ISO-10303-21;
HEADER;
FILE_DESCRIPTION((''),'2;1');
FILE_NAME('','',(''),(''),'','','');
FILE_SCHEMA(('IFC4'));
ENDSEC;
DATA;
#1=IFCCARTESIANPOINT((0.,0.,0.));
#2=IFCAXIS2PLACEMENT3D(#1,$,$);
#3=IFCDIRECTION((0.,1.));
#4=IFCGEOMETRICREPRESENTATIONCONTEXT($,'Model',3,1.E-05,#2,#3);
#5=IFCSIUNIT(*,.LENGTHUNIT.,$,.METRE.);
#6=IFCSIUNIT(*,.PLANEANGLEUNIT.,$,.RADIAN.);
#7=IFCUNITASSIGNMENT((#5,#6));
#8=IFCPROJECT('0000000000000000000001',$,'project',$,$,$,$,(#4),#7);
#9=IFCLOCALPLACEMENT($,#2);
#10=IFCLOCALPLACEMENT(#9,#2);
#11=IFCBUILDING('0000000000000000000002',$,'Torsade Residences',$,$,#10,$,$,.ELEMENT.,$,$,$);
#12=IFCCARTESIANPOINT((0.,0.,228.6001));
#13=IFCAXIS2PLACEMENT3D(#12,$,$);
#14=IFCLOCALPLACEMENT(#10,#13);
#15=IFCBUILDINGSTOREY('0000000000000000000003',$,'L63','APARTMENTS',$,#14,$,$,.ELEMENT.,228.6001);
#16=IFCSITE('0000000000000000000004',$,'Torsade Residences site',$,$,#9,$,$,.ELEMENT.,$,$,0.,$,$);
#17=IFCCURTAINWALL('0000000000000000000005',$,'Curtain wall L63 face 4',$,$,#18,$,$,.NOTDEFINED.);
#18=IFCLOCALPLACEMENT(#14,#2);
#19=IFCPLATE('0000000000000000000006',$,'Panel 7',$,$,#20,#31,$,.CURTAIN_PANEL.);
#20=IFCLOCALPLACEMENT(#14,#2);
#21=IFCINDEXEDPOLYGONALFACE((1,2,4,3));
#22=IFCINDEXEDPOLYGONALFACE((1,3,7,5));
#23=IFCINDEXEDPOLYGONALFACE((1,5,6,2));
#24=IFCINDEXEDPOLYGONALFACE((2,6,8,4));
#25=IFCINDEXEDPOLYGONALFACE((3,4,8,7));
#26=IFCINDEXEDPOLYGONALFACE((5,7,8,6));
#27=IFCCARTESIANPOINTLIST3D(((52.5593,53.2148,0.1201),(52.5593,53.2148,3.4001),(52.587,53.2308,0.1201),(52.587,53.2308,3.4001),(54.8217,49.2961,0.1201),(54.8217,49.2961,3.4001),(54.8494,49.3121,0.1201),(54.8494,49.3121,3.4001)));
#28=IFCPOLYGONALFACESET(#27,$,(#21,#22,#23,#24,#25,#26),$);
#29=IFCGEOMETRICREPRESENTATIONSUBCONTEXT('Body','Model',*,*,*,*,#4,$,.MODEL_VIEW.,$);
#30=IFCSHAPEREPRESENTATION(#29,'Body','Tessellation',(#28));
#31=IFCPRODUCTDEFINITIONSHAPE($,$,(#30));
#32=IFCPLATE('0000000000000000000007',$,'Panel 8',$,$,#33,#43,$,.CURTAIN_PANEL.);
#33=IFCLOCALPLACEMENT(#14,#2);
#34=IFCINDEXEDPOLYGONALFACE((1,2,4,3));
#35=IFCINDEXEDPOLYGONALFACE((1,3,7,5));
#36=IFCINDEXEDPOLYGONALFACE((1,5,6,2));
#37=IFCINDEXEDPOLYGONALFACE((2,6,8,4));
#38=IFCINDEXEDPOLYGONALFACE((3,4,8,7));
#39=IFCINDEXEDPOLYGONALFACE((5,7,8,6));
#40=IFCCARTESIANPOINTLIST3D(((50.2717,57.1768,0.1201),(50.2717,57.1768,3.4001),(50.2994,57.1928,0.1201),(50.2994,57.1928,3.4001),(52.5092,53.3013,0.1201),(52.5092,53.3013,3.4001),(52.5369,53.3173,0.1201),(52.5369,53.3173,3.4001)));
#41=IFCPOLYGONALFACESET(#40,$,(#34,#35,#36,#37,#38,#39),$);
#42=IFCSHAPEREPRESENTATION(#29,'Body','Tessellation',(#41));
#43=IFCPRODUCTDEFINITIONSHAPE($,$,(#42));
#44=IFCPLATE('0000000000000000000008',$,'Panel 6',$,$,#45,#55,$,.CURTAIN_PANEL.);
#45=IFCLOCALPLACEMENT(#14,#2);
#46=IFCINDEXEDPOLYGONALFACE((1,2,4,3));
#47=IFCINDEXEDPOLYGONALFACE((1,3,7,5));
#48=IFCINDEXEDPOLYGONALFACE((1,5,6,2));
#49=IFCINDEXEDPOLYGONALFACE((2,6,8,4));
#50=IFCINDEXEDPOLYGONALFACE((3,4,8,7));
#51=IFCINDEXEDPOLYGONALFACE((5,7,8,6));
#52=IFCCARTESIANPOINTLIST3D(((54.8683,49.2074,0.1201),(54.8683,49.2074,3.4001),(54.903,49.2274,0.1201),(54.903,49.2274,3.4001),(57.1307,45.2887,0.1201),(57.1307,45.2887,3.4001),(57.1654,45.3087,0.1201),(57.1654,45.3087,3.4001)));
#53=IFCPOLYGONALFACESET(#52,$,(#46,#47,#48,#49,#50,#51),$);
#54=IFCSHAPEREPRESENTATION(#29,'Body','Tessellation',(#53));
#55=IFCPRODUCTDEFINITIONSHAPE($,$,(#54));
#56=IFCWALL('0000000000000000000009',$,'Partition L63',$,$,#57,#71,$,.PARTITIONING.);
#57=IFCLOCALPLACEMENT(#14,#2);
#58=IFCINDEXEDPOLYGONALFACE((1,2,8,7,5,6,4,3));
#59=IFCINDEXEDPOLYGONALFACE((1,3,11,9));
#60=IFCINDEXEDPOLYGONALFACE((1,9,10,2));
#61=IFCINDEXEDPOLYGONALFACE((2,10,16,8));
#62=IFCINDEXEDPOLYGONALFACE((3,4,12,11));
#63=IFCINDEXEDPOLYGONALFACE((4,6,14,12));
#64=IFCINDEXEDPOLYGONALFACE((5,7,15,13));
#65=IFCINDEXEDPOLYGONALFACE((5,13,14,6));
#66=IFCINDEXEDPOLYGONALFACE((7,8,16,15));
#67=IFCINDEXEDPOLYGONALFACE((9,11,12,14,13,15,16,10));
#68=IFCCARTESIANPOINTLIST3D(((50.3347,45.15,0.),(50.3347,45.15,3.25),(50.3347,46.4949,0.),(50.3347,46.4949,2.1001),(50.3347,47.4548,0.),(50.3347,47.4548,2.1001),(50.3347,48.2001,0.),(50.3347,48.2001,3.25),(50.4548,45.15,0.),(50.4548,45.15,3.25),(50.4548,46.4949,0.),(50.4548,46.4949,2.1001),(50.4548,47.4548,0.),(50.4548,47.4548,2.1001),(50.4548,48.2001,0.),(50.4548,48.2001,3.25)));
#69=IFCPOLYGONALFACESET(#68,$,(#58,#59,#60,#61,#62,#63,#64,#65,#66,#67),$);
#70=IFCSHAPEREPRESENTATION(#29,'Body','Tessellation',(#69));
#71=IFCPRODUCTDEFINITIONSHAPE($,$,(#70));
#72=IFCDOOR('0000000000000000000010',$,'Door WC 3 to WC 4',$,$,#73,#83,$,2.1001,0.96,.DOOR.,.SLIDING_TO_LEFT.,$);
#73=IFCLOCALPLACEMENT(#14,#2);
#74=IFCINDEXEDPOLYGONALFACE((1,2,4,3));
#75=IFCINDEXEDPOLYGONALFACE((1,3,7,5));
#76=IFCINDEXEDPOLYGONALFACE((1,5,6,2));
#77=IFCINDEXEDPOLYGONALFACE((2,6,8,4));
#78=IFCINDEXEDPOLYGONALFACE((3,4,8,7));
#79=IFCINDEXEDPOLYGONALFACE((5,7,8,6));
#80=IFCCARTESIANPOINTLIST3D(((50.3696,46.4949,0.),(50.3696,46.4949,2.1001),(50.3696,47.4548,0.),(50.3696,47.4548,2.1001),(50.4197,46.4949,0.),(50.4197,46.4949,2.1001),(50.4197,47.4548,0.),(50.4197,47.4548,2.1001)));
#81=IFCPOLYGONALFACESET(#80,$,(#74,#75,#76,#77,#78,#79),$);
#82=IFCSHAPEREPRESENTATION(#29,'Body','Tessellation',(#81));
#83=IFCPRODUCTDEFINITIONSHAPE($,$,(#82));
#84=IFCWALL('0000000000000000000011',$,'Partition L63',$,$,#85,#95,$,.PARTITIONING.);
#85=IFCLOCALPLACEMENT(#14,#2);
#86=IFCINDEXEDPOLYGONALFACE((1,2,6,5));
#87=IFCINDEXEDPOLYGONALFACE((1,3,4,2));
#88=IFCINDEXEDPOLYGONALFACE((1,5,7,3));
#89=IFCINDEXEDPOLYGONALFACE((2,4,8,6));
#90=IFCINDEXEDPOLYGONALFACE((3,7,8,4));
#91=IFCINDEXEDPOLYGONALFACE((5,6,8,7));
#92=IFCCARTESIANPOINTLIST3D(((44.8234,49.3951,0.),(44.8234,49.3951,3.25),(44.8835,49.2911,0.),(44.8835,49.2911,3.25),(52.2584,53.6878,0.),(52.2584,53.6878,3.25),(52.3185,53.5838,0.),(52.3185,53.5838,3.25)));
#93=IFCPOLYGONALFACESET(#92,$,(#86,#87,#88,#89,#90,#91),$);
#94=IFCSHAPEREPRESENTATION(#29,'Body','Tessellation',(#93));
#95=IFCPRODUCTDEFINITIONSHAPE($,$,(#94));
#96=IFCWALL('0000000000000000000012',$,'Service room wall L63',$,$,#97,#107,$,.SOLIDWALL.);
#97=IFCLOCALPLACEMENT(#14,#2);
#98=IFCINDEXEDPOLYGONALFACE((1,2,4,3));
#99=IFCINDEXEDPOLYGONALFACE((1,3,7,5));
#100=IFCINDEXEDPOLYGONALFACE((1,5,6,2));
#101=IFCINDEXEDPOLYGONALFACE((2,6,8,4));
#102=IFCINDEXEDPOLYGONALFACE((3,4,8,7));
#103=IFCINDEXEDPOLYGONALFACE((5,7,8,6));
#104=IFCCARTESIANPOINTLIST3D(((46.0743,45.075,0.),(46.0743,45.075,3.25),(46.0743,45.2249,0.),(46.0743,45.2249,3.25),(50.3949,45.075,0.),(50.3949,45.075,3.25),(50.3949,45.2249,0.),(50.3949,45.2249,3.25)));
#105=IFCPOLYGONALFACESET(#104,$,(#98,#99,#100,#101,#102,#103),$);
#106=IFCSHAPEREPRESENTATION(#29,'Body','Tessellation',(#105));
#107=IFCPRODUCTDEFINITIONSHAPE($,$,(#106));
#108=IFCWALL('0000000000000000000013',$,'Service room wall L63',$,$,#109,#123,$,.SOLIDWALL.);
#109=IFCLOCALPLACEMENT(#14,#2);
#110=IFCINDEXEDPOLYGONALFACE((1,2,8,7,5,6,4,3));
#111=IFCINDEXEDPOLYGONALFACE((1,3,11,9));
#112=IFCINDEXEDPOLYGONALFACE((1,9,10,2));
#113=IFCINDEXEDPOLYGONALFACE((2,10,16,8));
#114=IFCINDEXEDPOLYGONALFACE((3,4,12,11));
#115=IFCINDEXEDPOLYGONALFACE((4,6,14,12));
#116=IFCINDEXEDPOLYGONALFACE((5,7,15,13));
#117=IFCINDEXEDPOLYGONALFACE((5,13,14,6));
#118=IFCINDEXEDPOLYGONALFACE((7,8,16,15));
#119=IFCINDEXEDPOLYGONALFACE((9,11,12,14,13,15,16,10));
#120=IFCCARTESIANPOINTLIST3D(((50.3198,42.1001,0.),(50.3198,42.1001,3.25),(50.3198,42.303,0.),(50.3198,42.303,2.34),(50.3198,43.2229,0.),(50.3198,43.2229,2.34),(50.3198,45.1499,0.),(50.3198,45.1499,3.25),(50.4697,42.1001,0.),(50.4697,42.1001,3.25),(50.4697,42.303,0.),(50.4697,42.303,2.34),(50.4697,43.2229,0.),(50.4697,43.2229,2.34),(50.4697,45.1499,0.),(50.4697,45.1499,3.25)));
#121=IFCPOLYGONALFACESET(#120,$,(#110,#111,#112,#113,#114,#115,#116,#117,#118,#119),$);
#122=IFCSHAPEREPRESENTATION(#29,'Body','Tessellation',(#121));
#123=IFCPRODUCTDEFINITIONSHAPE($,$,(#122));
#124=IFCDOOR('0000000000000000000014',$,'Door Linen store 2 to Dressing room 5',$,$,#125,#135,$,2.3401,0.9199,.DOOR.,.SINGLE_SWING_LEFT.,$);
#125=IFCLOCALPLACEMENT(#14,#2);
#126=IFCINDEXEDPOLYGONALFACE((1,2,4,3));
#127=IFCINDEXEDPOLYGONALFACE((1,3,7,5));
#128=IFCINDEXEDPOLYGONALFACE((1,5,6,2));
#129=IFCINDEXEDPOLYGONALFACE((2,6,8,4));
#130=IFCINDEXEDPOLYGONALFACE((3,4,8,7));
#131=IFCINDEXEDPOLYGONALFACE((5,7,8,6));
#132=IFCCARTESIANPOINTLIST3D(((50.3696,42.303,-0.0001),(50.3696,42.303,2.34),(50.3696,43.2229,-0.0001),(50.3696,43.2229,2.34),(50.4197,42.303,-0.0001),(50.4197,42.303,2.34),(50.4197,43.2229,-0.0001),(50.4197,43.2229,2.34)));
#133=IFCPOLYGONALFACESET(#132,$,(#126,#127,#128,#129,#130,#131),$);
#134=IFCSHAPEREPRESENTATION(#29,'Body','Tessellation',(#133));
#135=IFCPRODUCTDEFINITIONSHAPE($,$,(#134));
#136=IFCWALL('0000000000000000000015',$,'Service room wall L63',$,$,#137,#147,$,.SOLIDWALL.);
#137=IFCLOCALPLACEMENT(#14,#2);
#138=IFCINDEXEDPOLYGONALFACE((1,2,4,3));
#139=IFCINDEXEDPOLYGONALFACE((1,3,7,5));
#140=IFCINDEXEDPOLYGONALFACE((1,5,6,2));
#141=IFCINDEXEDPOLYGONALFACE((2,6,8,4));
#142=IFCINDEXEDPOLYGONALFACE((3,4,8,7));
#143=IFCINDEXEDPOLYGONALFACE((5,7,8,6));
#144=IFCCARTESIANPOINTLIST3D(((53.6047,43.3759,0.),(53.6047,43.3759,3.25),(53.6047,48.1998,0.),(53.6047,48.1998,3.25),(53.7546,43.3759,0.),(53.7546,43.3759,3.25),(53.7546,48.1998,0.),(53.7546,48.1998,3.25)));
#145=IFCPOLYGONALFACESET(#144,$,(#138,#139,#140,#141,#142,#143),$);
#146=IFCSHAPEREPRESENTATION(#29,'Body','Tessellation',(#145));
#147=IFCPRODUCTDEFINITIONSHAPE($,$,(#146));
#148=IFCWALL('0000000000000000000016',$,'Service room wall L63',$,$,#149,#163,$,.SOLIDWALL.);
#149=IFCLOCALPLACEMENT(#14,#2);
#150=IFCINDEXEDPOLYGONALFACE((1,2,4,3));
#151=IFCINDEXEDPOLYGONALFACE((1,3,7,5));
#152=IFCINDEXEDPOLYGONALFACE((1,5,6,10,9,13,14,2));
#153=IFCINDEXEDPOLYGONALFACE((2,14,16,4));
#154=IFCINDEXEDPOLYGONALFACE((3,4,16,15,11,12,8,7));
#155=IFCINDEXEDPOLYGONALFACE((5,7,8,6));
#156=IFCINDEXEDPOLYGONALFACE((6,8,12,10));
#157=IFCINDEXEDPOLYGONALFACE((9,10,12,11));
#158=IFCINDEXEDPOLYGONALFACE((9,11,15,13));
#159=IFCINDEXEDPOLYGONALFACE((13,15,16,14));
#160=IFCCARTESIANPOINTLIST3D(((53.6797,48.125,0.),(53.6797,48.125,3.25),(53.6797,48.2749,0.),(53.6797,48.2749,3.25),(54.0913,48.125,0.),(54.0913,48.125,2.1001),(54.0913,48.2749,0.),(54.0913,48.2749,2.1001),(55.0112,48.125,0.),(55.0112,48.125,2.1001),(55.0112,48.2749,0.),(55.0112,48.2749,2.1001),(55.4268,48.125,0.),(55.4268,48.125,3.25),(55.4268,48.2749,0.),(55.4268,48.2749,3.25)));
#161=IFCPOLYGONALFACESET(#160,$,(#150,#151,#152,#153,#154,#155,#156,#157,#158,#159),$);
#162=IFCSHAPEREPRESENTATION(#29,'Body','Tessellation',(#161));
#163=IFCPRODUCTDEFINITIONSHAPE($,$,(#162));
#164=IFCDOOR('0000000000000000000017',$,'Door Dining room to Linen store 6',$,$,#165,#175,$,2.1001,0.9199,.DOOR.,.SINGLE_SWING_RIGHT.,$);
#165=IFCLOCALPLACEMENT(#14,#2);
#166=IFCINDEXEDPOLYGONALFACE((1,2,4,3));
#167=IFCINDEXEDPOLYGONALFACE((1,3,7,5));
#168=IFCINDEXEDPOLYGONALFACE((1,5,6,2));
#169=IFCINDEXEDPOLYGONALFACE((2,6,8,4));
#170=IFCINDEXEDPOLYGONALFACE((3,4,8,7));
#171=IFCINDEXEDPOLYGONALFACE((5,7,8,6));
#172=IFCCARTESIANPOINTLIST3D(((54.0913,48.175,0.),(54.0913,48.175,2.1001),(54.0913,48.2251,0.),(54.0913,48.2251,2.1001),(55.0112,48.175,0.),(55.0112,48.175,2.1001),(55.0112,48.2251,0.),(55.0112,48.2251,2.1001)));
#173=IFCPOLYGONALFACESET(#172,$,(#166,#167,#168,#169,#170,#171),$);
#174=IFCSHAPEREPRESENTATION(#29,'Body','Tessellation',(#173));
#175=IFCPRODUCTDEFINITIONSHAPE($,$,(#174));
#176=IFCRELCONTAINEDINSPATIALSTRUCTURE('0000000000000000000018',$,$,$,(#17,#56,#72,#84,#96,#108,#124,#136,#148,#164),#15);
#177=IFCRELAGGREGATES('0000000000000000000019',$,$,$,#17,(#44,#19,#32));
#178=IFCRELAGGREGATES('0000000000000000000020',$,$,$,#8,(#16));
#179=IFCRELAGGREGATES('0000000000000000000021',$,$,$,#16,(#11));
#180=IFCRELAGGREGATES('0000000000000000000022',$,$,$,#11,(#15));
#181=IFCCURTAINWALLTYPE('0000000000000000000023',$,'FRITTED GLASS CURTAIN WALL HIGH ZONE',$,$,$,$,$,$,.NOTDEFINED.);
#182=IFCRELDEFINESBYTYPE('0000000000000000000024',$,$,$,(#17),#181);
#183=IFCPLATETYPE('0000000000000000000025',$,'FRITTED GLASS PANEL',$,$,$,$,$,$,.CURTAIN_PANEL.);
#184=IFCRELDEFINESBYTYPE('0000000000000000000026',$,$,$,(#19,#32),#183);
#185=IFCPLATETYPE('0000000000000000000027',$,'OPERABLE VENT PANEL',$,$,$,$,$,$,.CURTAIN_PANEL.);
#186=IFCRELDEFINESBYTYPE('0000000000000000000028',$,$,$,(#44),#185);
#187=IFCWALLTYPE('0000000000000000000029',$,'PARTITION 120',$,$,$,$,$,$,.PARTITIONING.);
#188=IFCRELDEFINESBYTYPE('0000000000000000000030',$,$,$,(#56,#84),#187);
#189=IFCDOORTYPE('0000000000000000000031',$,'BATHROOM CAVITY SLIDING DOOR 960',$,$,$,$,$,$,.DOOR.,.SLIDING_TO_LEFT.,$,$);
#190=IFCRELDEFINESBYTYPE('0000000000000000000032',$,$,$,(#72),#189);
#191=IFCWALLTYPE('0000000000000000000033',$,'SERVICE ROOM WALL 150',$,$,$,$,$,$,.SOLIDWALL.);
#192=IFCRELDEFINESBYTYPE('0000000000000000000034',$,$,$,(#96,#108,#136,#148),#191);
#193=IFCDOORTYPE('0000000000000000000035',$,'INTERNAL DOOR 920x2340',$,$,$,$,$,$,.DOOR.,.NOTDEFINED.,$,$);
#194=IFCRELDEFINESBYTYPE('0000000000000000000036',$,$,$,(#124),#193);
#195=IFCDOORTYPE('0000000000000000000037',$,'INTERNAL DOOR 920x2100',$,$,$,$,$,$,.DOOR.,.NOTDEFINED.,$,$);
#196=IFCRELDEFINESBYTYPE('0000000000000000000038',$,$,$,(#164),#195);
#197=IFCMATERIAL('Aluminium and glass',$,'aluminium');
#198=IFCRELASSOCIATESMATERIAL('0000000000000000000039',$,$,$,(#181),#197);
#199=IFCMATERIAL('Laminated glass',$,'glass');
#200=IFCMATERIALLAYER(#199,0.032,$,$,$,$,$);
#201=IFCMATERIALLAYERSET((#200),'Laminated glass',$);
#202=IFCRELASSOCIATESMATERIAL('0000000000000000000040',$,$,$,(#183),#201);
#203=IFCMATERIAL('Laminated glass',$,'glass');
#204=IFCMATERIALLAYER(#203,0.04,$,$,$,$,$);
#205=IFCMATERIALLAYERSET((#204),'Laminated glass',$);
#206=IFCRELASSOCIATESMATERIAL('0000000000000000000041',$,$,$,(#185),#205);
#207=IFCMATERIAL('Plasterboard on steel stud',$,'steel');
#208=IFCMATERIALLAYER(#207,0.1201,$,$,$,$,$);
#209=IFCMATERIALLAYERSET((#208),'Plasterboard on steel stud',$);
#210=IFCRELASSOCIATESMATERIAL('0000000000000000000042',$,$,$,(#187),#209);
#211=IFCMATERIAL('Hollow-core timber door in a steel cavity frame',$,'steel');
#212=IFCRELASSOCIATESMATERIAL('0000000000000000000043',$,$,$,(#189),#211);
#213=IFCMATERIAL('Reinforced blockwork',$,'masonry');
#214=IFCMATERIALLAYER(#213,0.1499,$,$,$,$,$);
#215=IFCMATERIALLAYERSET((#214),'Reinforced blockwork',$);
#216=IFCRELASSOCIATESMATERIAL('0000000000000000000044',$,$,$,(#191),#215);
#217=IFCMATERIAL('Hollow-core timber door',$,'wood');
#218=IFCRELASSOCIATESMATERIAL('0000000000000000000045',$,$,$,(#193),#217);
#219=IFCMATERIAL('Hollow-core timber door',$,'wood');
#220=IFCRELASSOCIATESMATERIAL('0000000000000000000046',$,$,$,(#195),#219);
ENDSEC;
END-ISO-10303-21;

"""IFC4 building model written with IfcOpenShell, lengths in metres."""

from ifc_helpers import new_model, si_unit, direction, frame, frame_2d, origin, origin_2d, place, context, subcontext, project, spatial, rectangle, extrude, material, layer, layer_set, type_object, element, fill, aggregate, save


model = new_model("IFC4")

# Units and contexts
model_context = context("Model", 3, precision=1e-05, world=origin(), true_north=direction((0.0, 1.0)))
body_context = subcontext(model_context, "Body", "Model", "MODEL_VIEW")
ifc_project = project(units=[si_unit("LENGTHUNIT", "METRE"), si_unit("PLANEANGLEUNIT", "RADIAN")], contexts=[model_context])

# Site, building, storey
site_placement = place(None, origin())
site = spatial("IfcSite", under=ifc_project, at=site_placement, Name="Torsade Residences site", CompositionType="ELEMENT", RefElevation=0.0)
building_placement = place(site_placement, origin())
building = spatial("IfcBuilding", under=site, at=building_placement, Name="Torsade Residences", CompositionType="ELEMENT")
storey_placement = place(building_placement, frame((0.0, 0.0, 228.6001)))
storey = spatial("IfcBuildingStorey", under=building, at=storey_placement, Name="L63", Description="APARTMENTS", CompositionType="ELEMENT", Elevation=228.6001)

# Curtain wall
ifc_material_1 = material(Name="Aluminium and glass", Category="aluminium")
curtain_wall_type = type_object("IfcCurtainWallType", Name="FRITTED GLASS CURTAIN WALL HIGH ZONE", PredefinedType="NOTDEFINED", material=ifc_material_1)
curtain_wall_placement = place(storey_placement, origin())
curtain_wall = element("IfcCurtainWall", 1, at=curtain_wall_placement, inside=storey, type_object=curtain_wall_type, Name="Curtain wall L63 face 4", PredefinedType="NOTDEFINED")

# Plates
ifc_material_2 = material(Name="Laminated glass", Category="glass")
ifc_layer_1 = layer(ifc_material_2, 0.032)
ifc_layer_set_1 = layer_set([ifc_layer_1], Name="Laminated glass")
plate_type_1 = type_object("IfcPlateType", Name="FRITTED GLASS PANEL", PredefinedType="CURTAIN_PANEL", material=ifc_layer_set_1)
plate_1_placement = place(storey_placement, frame((53.7043, 51.2634, 0.1201), z_axis=(0.0, 0.0, 1.0), x_axis=(-0.5, 0.866025, 0.0)))
plate_1 = element("IfcPlate", 2, at=plate_1_placement, type_object=plate_type_1, Name="Panel 7", PredefinedType="CURTAIN_PANEL", context=body_context, shape_type="SweptSolid", body=[
    extrude(rectangle(XDim=4.5249, YDim=0.032, at=origin_2d()), origin(), (0.0, 0.0, 1.0), 3.28),
])
plate_2_placement = place(storey_placement, frame((51.4043, 55.2471, 0.1201), z_axis=(0.0, 0.0, 1.0), x_axis=(-0.5, 0.866025, 0.0)))
plate_2 = element("IfcPlate", 3, at=plate_2_placement, type_object=plate_type_1, Name="Panel 8", PredefinedType="CURTAIN_PANEL", context=body_context, shape_type="SweptSolid", body=[
    extrude(rectangle(XDim=4.4751, YDim=0.032, at=origin_2d()), origin(), (0.0, 0.0, 1.0), 3.28),
])
ifc_material_3 = material(Name="Laminated glass", Category="glass")
ifc_layer_2 = layer(ifc_material_3, 0.04)
ifc_layer_set_2 = layer_set([ifc_layer_2], Name="Laminated glass")
plate_type_2 = type_object("IfcPlateType", Name="OPERABLE VENT PANEL", PredefinedType="CURTAIN_PANEL", material=ifc_layer_set_2)
plate_3_placement = place(storey_placement, frame((56.0168, 47.2581, 0.1201), z_axis=(0.0, 0.0, 1.0), x_axis=(-0.5, 0.866025, 0.0)))
plate_3 = element("IfcPlate", 4, at=plate_3_placement, type_object=plate_type_2, Name="Panel 6", PredefinedType="CURTAIN_PANEL", context=body_context, shape_type="SweptSolid", body=[
    extrude(rectangle(XDim=4.5249, YDim=0.04, at=origin_2d()), origin(), (0.0, 0.0, 1.0), 3.28),
])
aggregate(curtain_wall, [plate_3, plate_1, plate_2])

# Wall, opening, door
ifc_material_4 = material(Name="Plasterboard on steel stud", Category="steel")
ifc_layer_3 = layer(ifc_material_4, 0.1201)
ifc_layer_set_3 = layer_set([ifc_layer_3], Name="Plasterboard on steel stud")
wall_type_1 = type_object("IfcWallType", Name="PARTITION 120", PredefinedType="PARTITIONING", material=ifc_layer_set_3)
wall_1_placement = place(storey_placement, frame((50.3948, 48.2, 0.0), z_axis=(0.0, 0.0, 1.0), x_axis=(0.0, -1.0, 0.0)))
wall_1 = element("IfcWall", 5, at=wall_1_placement, inside=storey, type_object=wall_type_1, Name="Partition L63", PredefinedType="PARTITIONING", context=body_context, shape_type="SweptSolid", body=[
    extrude(rectangle(XDim=3.05, YDim=0.1201, at=frame_2d((1.5249, 0.0))), origin(), (0.0, 0.0, 1.0), 3.25),
])
opening_1_placement = place(wall_1_placement, frame((0.7451, 0.0, 0.0)))
opening_1 = element("IfcOpeningElement", 6, at=opening_1_placement, cuts=wall_1, PredefinedType="OPENING", context=body_context, shape_type="SweptSolid", body=[
    extrude(rectangle(XDim=0.96, YDim=2.1001, at=frame_2d((0.48, 1.05))), frame((0.0, 0.0701, 0.0), z_axis=(0.0, -1.0, 0.0), x_axis=(1.0, 0.0, 0.0)), (0.0, 0.0, 1.0), 0.1401),
])
ifc_material_5 = material(Name="Hollow-core timber door in a steel cavity frame", Category="steel")
door_type_1 = type_object("IfcDoorType", Name="BATHROOM CAVITY SLIDING DOOR 960", OperationType="SLIDING_TO_LEFT", PredefinedType="DOOR", material=ifc_material_5)
door_1_placement = place(opening_1_placement, origin())
door_1 = element("IfcDoor", 7, at=door_1_placement, inside=storey, type_object=door_type_1, Name="Door WC 3 to WC 4", OperationType="SLIDING_TO_LEFT", OverallHeight=2.1001, OverallWidth=0.96, PredefinedType="DOOR", context=body_context, shape_type="SweptSolid", body=[
    extrude(rectangle(XDim=0.96, YDim=2.1001, at=frame_2d((0.48, 1.05))), frame((0.0, 0.0249, 0.0), z_axis=(0.0, -1.0, 0.0), x_axis=(1.0, 0.0, 0.0)), (0.0, 0.0, 1.0), 0.05),
])
fill(opening_1, door_1)

# Walls
wall_2_placement = place(storey_placement, frame((52.2883, 53.6357, 0.0), z_axis=(0.0, 0.0, 1.0), x_axis=(-0.866021, -0.500008, 0.0)))
element("IfcWall", 8, at=wall_2_placement, inside=storey, type_object=wall_type_1, Name="Partition L63", PredefinedType="PARTITIONING", context=body_context, shape_type="SweptSolid", body=[
    extrude(rectangle(XDim=8.5852, YDim=0.1201, at=frame_2d((4.2925, 0.0))), origin(), (0.0, 0.0, 1.0), 3.25),
])
ifc_material_6 = material(Name="Reinforced blockwork", Category="masonry")
ifc_layer_4 = layer(ifc_material_6, 0.1499)
ifc_layer_set_4 = layer_set([ifc_layer_4], Name="Reinforced blockwork")
wall_type_2 = type_object("IfcWallType", Name="SERVICE ROOM WALL 150", PredefinedType="SOLIDWALL", material=ifc_layer_set_4)
wall_3_placement = place(storey_placement, frame((50.3948, 45.1499, 0.0), z_axis=(0.0, 0.0, 1.0), x_axis=(-1.0, 0.0, 0.0)))
element("IfcWall", 9, at=wall_3_placement, inside=storey, type_object=wall_type_2, Name="Service room wall L63", PredefinedType="SOLIDWALL", context=body_context, shape_type="SweptSolid", body=[
    extrude(rectangle(XDim=4.3206, YDim=0.1499, at=frame_2d((2.1602, 0.0))), origin(), (0.0, 0.0, 1.0), 3.25),
])

# Wall, opening, door
wall_4_placement = place(storey_placement, frame((50.3948, 45.1499, 0.0), z_axis=(0.0, 0.0, 1.0), x_axis=(0.0, -1.0, 0.0)))
wall_4 = element("IfcWall", 10, at=wall_4_placement, inside=storey, type_object=wall_type_2, Name="Service room wall L63", PredefinedType="SOLIDWALL", context=body_context, shape_type="SweptSolid", body=[
    extrude(rectangle(XDim=3.0498, YDim=0.1499, at=frame_2d((1.5249, 0.0))), origin(), (0.0, 0.0, 1.0), 3.25),
])
opening_2_placement = place(wall_4_placement, frame((1.927, 0.0, 0.0)))
opening_2 = element("IfcOpeningElement", 11, at=opening_2_placement, cuts=wall_4, PredefinedType="OPENING", context=body_context, shape_type="SweptSolid", body=[
    extrude(rectangle(XDim=0.9199, YDim=2.3401, at=frame_2d((0.46, 1.1699))), frame((0.0, 0.085, 0.0), z_axis=(0.0, -1.0, 0.0), x_axis=(1.0, 0.0, 0.0)), (0.0, 0.0, 1.0), 0.1699),
])
ifc_material_7 = material(Name="Hollow-core timber door", Category="wood")
door_type_2 = type_object("IfcDoorType", Name="INTERNAL DOOR 920x2340", OperationType="NOTDEFINED", PredefinedType="DOOR", material=ifc_material_7)
door_2_placement = place(opening_2_placement, origin())
door_2 = element("IfcDoor", 12, at=door_2_placement, inside=storey, type_object=door_type_2, Name="Door Linen store 2 to Dressing room 5", OperationType="SINGLE_SWING_LEFT", OverallHeight=2.3401, OverallWidth=0.9199, PredefinedType="DOOR", context=body_context, shape_type="SweptSolid", body=[
    extrude(rectangle(XDim=0.9199, YDim=2.3401, at=frame_2d((0.46, 1.1699))), frame((0.0, 0.0249, 0.0), z_axis=(0.0, -1.0, 0.0), x_axis=(1.0, 0.0, 0.0)), (0.0, 0.0, 1.0), 0.05),
])
fill(opening_2, door_2)

# Wall
wall_5_placement = place(storey_placement, frame((53.6797, 48.2, 0.0), z_axis=(0.0, 0.0, 1.0), x_axis=(0.0, -1.0, 0.0)))
element("IfcWall", 13, at=wall_5_placement, inside=storey, type_object=wall_type_2, Name="Service room wall L63", PredefinedType="SOLIDWALL", context=body_context, shape_type="SweptSolid", body=[
    extrude(rectangle(XDim=4.824, YDim=0.1499, at=frame_2d((2.4121, 0.0))), origin(), (0.0, 0.0, 1.0), 3.25),
])

# Wall, opening, door
wall_6_placement = place(storey_placement, frame((55.4268, 48.2, 0.0), z_axis=(0.0, 0.0, 1.0), x_axis=(-1.0, 0.0, 0.0)))
wall_6 = element("IfcWall", 14, at=wall_6_placement, inside=storey, type_object=wall_type_2, Name="Service room wall L63", PredefinedType="SOLIDWALL", context=body_context, shape_type="SweptSolid", body=[
    extrude(rectangle(XDim=1.7471, YDim=0.1499, at=frame_2d((0.8735, 0.0))), origin(), (0.0, 0.0, 1.0), 3.25),
])
opening_3_placement = place(wall_6_placement, frame((0.4155, 0.0, 0.0)))
opening_3 = element("IfcOpeningElement", 15, at=opening_3_placement, cuts=wall_6, PredefinedType="OPENING", context=body_context, shape_type="SweptSolid", body=[
    extrude(rectangle(XDim=0.9199, YDim=2.1001, at=frame_2d((0.46, 1.05))), frame((0.0, 0.085, 0.0), z_axis=(0.0, -1.0, 0.0), x_axis=(1.0, 0.0, 0.0)), (0.0, 0.0, 1.0), 0.1699),
])
ifc_material_8 = material(Name="Hollow-core timber door", Category="wood")
door_type_3 = type_object("IfcDoorType", Name="INTERNAL DOOR 920x2100", OperationType="NOTDEFINED", PredefinedType="DOOR", material=ifc_material_8)
door_3_placement = place(opening_3_placement, origin())
door_3 = element("IfcDoor", 16, at=door_3_placement, inside=storey, type_object=door_type_3, Name="Door Dining room to Linen store 6", OperationType="SINGLE_SWING_RIGHT", OverallHeight=2.1001, OverallWidth=0.9199, PredefinedType="DOOR", context=body_context, shape_type="SweptSolid", body=[
    extrude(rectangle(XDim=0.9199, YDim=2.1001, at=frame_2d((0.46, 1.05))), frame((0.0, 0.0249, 0.0), z_axis=(0.0, -1.0, 0.0), x_axis=(1.0, 0.0, 0.0)), (0.0, 0.0, 1.0), 0.05),
])
fill(opening_3, door_3)

save(model, "model.ifc")
